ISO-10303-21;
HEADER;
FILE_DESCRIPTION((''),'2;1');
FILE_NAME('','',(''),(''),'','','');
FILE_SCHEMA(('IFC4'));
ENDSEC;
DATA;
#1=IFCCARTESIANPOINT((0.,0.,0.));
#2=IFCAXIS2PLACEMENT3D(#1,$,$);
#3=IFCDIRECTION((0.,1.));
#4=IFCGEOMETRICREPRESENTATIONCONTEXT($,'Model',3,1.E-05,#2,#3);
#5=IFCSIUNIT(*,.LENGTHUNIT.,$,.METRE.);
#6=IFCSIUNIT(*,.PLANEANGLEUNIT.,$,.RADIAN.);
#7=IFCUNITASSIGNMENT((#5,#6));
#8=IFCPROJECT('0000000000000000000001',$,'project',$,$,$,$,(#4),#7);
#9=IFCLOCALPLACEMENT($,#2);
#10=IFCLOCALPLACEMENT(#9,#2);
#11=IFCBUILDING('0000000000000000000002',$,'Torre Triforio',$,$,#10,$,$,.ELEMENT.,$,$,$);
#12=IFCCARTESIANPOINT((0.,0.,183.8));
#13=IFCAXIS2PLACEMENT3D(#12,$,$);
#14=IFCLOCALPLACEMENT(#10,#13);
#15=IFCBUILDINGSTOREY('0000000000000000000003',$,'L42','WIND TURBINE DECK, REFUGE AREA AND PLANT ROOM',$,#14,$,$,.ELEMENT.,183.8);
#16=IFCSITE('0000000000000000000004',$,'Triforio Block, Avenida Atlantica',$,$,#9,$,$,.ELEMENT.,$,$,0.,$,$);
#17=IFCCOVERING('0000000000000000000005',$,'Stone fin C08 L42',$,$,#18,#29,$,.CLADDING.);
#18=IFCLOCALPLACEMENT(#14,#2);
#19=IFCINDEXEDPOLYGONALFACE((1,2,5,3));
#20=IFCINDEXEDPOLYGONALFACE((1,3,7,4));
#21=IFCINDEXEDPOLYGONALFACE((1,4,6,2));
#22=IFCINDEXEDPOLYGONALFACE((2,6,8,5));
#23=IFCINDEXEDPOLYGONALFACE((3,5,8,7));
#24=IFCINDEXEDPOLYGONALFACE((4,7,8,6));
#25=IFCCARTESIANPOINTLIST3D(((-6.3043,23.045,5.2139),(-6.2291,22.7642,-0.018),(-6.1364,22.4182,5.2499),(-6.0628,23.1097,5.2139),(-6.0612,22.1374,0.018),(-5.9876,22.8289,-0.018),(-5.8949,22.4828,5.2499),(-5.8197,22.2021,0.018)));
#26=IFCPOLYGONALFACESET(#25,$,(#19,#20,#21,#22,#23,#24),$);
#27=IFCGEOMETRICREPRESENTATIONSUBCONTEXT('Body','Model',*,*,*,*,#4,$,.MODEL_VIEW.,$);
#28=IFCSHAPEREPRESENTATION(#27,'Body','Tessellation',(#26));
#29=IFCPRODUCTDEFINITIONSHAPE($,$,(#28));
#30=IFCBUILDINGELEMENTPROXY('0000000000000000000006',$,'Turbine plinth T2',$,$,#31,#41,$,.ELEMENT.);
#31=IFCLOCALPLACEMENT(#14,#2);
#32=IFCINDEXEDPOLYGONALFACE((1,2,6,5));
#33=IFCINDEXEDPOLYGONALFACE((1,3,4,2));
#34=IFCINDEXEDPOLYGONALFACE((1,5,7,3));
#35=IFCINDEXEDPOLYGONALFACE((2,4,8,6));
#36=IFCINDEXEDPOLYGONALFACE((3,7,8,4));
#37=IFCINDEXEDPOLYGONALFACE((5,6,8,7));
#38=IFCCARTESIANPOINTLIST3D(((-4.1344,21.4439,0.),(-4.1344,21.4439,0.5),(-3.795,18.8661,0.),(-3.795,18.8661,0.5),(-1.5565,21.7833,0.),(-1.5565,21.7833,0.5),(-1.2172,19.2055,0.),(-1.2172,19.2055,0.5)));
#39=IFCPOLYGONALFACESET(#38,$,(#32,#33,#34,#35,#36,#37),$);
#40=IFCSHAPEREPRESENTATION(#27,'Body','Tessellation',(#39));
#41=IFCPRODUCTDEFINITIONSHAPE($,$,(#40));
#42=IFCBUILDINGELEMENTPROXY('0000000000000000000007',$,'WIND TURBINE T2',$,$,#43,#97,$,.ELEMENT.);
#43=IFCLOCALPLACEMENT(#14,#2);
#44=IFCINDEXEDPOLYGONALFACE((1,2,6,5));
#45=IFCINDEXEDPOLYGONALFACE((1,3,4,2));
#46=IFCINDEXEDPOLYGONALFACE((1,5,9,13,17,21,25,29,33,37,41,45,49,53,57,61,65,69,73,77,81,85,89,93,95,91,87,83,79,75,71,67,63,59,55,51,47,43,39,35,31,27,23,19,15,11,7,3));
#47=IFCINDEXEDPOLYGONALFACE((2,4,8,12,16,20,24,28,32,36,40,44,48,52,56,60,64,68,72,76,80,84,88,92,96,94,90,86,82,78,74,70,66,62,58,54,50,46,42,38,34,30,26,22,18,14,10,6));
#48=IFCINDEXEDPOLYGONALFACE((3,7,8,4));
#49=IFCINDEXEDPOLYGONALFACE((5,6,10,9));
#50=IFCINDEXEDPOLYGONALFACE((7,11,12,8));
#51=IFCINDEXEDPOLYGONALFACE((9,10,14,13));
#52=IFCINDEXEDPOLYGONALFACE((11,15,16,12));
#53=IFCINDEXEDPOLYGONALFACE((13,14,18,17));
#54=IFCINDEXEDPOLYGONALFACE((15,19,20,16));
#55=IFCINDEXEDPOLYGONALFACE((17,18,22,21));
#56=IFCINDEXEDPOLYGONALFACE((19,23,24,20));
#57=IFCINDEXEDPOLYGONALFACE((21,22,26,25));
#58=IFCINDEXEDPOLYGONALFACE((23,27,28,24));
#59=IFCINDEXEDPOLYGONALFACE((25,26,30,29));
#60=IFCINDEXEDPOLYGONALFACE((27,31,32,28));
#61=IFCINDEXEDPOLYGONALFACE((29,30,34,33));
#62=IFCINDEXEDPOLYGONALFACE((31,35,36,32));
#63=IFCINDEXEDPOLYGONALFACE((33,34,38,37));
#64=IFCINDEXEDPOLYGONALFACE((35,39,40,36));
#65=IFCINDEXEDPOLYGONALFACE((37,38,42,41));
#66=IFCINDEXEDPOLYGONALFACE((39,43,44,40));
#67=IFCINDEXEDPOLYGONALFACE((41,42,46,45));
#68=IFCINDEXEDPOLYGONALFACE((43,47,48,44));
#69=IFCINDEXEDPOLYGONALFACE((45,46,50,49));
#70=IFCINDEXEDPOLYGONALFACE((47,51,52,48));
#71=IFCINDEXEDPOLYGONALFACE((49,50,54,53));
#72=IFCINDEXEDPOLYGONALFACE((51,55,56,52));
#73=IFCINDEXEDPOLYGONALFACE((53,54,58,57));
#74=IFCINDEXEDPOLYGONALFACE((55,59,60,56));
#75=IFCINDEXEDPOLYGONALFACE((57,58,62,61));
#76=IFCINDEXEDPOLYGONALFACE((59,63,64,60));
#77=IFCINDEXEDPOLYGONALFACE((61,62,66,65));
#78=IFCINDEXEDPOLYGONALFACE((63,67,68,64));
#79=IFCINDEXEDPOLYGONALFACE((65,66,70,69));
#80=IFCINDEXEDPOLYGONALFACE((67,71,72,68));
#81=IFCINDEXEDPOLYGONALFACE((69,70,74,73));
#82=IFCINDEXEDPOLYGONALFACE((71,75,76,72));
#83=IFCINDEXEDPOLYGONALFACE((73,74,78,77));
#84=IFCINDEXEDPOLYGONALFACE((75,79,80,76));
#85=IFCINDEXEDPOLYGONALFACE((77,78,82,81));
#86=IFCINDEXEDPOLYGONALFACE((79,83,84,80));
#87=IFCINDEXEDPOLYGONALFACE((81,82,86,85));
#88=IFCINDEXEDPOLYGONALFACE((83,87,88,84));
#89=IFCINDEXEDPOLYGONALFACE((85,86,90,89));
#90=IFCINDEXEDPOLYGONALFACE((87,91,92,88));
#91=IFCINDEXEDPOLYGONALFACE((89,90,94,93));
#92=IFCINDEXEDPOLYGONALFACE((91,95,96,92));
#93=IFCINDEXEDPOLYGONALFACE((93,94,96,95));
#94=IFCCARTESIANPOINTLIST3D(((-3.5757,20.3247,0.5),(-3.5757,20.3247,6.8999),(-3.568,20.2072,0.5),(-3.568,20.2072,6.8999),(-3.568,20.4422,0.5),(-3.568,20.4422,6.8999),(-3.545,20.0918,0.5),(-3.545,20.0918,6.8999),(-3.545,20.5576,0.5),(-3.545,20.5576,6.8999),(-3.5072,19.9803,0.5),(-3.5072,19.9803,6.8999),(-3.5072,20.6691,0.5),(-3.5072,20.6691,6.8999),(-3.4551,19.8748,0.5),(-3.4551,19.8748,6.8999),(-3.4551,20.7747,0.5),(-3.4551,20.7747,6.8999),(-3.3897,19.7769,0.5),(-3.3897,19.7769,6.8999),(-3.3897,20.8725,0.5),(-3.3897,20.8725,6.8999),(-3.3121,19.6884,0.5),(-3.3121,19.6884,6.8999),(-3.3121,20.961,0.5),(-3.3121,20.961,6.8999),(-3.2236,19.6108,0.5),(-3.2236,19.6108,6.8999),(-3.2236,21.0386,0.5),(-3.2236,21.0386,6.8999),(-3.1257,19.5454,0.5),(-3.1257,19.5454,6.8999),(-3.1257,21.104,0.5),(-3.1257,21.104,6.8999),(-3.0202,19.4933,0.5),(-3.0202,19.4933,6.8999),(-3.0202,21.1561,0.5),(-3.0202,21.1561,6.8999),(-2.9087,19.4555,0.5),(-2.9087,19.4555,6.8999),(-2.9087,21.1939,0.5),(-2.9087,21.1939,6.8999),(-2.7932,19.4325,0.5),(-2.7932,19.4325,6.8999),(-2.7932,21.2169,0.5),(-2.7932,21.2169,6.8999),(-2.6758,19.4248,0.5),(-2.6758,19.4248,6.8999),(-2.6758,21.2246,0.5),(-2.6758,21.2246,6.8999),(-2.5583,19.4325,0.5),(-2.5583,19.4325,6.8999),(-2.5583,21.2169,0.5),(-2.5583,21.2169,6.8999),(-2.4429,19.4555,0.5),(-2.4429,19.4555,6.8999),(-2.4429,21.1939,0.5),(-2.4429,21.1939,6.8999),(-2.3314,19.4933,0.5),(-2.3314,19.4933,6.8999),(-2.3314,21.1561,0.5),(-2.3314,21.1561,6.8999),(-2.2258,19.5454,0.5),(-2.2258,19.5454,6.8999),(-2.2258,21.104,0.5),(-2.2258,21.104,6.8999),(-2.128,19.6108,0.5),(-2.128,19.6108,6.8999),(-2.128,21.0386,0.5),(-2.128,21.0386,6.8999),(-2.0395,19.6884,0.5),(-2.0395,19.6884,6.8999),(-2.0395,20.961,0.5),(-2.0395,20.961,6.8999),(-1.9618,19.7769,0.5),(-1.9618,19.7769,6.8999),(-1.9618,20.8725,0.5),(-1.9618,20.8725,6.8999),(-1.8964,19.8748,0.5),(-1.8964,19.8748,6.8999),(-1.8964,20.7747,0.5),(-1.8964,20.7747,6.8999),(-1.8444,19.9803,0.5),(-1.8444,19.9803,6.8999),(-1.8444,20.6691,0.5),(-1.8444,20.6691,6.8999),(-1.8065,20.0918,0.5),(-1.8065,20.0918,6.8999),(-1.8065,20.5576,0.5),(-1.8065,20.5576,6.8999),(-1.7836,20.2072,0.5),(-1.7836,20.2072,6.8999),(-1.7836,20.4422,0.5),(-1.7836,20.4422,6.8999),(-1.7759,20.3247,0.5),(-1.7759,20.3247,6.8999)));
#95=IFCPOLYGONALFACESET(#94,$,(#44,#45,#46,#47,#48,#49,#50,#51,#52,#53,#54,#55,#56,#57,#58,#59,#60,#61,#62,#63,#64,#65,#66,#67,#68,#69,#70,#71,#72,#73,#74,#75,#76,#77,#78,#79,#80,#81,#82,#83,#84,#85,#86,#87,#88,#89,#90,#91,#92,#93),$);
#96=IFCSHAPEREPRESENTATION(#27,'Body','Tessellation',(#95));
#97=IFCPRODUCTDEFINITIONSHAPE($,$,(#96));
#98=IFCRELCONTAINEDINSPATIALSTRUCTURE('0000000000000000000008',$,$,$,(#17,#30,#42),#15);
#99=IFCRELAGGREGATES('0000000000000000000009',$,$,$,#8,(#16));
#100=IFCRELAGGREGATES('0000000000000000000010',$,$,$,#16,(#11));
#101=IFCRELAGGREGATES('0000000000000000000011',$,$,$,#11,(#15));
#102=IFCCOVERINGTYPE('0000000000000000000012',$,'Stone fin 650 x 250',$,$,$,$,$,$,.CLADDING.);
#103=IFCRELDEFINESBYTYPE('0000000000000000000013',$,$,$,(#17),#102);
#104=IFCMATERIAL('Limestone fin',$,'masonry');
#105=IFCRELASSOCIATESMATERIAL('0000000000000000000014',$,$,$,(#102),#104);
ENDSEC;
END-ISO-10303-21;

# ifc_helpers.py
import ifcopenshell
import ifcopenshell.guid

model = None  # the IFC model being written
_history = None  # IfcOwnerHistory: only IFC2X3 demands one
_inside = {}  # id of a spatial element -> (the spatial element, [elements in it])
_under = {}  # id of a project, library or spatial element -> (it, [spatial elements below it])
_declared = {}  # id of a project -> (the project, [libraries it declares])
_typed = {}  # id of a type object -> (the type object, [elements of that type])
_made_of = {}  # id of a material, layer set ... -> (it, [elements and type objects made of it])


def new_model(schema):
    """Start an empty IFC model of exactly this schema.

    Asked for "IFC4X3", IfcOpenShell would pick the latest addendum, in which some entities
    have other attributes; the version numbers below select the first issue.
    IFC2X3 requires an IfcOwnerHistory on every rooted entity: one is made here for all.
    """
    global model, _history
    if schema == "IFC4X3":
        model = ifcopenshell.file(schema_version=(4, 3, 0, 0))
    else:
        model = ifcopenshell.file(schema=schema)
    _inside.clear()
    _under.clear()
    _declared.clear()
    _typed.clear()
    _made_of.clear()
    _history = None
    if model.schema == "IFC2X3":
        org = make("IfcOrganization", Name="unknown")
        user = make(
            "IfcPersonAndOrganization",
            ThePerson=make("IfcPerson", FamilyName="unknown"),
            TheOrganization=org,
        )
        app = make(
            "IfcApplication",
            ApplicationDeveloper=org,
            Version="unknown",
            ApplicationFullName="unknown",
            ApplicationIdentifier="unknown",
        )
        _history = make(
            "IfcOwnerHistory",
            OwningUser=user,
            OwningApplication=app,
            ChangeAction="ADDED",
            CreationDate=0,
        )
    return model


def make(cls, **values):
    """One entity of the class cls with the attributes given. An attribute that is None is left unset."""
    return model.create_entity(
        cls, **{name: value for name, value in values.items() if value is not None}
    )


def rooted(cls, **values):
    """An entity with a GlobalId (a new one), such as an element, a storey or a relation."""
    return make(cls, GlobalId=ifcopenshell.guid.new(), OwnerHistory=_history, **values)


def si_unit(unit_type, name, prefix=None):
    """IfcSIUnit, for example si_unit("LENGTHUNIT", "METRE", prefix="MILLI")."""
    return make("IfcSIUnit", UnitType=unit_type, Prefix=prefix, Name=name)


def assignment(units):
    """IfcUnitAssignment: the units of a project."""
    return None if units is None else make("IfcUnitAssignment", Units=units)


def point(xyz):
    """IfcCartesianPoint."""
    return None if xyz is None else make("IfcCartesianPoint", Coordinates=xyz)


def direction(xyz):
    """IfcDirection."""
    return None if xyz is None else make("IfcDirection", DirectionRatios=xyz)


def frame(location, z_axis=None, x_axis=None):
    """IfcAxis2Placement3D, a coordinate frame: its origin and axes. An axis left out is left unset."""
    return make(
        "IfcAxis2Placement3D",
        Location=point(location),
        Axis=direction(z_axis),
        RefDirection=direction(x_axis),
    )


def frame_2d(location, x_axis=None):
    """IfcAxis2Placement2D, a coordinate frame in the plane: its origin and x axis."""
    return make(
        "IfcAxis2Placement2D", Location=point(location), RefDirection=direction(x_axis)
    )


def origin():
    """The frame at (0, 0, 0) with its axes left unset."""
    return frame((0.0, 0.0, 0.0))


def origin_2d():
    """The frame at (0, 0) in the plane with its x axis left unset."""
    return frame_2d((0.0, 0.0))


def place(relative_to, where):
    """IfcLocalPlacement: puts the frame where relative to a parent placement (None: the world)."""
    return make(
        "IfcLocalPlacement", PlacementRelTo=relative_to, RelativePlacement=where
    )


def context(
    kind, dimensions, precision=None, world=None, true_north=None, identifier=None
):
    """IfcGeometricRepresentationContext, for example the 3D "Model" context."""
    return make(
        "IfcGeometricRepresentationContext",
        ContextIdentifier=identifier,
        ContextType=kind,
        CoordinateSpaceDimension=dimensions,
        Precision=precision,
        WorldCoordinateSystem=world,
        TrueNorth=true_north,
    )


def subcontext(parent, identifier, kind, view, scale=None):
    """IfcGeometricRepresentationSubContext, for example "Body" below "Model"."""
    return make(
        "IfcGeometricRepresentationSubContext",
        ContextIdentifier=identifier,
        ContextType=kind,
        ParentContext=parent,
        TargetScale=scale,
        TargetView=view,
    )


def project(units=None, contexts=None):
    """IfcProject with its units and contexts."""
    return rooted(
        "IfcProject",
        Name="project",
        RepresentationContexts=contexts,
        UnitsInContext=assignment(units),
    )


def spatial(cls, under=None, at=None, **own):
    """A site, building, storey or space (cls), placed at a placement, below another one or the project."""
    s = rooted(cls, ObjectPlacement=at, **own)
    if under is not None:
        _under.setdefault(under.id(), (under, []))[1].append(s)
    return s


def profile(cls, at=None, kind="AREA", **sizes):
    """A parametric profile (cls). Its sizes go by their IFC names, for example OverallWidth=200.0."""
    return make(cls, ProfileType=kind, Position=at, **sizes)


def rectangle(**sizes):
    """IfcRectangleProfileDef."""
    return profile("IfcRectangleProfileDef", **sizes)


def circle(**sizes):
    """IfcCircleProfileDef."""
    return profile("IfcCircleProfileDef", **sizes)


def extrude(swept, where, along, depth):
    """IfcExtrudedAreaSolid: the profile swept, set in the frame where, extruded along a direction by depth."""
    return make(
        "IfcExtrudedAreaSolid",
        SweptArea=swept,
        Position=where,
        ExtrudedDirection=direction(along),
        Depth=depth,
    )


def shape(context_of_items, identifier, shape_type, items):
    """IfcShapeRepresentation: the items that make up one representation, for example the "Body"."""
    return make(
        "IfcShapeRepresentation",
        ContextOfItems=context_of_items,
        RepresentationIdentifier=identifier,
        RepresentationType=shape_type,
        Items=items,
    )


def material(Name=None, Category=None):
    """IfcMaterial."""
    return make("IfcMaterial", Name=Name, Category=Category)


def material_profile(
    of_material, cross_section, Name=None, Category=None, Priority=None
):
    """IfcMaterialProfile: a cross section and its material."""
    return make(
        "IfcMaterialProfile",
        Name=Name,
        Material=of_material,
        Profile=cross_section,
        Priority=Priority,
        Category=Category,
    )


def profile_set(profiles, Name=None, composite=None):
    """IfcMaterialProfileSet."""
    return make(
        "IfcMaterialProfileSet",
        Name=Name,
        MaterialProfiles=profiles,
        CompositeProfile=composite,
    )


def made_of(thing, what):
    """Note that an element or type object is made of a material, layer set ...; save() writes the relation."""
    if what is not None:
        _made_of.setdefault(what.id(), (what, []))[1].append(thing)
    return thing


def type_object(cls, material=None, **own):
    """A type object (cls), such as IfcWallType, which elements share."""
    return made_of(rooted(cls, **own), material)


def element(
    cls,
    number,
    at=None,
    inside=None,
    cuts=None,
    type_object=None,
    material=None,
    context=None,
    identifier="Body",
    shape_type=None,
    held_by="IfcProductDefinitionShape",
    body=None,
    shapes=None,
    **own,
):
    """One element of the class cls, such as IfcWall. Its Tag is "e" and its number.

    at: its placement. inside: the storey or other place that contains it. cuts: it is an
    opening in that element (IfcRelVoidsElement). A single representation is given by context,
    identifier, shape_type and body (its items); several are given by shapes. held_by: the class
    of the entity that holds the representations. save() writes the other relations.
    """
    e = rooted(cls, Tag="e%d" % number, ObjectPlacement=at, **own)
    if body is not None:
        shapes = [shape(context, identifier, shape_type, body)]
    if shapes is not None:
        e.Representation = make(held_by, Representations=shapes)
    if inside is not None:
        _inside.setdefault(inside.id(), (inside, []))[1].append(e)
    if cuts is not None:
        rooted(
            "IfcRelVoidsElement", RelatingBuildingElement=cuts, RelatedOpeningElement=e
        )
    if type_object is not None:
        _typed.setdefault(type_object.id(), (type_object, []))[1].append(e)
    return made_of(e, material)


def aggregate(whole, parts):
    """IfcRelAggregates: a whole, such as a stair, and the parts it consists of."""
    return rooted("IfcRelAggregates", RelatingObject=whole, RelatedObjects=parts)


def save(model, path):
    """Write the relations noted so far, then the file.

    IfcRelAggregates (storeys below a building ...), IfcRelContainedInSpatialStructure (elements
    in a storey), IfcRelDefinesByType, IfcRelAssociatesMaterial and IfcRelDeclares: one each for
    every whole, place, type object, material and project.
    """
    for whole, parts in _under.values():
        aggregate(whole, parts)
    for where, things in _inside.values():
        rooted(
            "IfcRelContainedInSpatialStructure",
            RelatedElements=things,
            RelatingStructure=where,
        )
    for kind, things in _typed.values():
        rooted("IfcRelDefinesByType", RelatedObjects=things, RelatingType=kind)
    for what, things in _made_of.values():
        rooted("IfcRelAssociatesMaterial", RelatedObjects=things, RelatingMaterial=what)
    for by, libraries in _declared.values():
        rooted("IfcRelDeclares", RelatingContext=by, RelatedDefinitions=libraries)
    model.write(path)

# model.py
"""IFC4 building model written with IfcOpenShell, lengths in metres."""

from ifc_helpers import new_model, si_unit, direction, frame, origin, origin_2d, place, context, subcontext, project, spatial, rectangle, circle, extrude, material, material_profile, profile_set, type_object, element, save


model = new_model("IFC4")

# Units and contexts
model_context = context("Model", 3, precision=1e-05, world=origin(), true_north=direction((0.0, 1.0)))
body_context = subcontext(model_context, "Body", "Model", "MODEL_VIEW")
ifc_project = project(units=[si_unit("LENGTHUNIT", "METRE"), si_unit("PLANEANGLEUNIT", "RADIAN")], contexts=[model_context])

# Site, building, storey
site_placement = place(None, origin())
site = spatial("IfcSite", under=ifc_project, at=site_placement, Name="Triforio Block, Avenida Atlantica", CompositionType="ELEMENT", RefElevation=0.0)
building_placement = place(site_placement, origin())
building = spatial("IfcBuilding", under=site, at=building_placement, Name="Torre Triforio", CompositionType="ELEMENT")
storey_placement = place(building_placement, frame((0.0, 0.0, 183.8)))
storey = spatial("IfcBuildingStorey", under=building, at=storey_placement, Name="L42", Description="WIND TURBINE DECK, REFUGE AREA AND PLANT ROOM", CompositionType="ELEMENT", Elevation=183.8)

# Covering
ifc_material_1 = material(Name="Limestone fin", Category="masonry")
ifc_material_profile_1 = material_profile(ifc_material_1, rectangle(XDim=0.6499, YDim=0.25, at=origin_2d()), Name="FIN 650x250")
ifc_profile_set_1 = profile_set([ifc_material_profile_1], Name="Limestone fin")
covering_type_1 = type_object("IfcCoveringType", Name="Stone fin 650 x 250", PredefinedType="CLADDING", material=ifc_profile_set_1)
covering_1_placement = place(storey_placement, frame((-6.0244, 22.4832, 0.0), z_axis=(-0.01435, 0.05358, 0.99846), x_axis=(0.25831, -0.964468, 0.055469)))
element("IfcCovering", 1, at=covering_1_placement, inside=storey, type_object=covering_type_1, Name="Stone fin C08 L42", PredefinedType="CLADDING", context=body_context, shape_type="SweptSolid", body=[
    extrude(rectangle(XDim=0.6499, YDim=0.25, at=origin_2d()), origin(), (0.0, 0.0, 1.0), 5.24),
])

# Building element proxies
proxy_1_placement = place(storey_placement, frame((-2.6758, 20.3247, 0.0), z_axis=(0.0, 0.0, 1.0), x_axis=(-0.130526, 0.991445, 0.0)))
element("IfcBuildingElementProxy", 2, at=proxy_1_placement, inside=storey, Name="Turbine plinth T2", PredefinedType="ELEMENT", context=body_context, shape_type="SweptSolid", body=[
    extrude(rectangle(XDim=2.6001, YDim=2.6001, at=origin_2d()), origin(), (0.0, 0.0, 1.0), 0.5),
])
proxy_2_placement = place(storey_placement, frame((-2.6758, 20.3247, 0.5), z_axis=(0.0, 0.0, 1.0), x_axis=(1.0, 0.0, 0.0)))
element("IfcBuildingElementProxy", 3, at=proxy_2_placement, inside=storey, Name="WIND TURBINE T2", PredefinedType="ELEMENT", context=body_context, shape_type="SweptSolid", body=[
    extrude(circle(Radius=0.8999, at=origin_2d()), origin(), (0.0, 0.0, 1.0), 6.3999),
])

save(model, "model.ifc")
